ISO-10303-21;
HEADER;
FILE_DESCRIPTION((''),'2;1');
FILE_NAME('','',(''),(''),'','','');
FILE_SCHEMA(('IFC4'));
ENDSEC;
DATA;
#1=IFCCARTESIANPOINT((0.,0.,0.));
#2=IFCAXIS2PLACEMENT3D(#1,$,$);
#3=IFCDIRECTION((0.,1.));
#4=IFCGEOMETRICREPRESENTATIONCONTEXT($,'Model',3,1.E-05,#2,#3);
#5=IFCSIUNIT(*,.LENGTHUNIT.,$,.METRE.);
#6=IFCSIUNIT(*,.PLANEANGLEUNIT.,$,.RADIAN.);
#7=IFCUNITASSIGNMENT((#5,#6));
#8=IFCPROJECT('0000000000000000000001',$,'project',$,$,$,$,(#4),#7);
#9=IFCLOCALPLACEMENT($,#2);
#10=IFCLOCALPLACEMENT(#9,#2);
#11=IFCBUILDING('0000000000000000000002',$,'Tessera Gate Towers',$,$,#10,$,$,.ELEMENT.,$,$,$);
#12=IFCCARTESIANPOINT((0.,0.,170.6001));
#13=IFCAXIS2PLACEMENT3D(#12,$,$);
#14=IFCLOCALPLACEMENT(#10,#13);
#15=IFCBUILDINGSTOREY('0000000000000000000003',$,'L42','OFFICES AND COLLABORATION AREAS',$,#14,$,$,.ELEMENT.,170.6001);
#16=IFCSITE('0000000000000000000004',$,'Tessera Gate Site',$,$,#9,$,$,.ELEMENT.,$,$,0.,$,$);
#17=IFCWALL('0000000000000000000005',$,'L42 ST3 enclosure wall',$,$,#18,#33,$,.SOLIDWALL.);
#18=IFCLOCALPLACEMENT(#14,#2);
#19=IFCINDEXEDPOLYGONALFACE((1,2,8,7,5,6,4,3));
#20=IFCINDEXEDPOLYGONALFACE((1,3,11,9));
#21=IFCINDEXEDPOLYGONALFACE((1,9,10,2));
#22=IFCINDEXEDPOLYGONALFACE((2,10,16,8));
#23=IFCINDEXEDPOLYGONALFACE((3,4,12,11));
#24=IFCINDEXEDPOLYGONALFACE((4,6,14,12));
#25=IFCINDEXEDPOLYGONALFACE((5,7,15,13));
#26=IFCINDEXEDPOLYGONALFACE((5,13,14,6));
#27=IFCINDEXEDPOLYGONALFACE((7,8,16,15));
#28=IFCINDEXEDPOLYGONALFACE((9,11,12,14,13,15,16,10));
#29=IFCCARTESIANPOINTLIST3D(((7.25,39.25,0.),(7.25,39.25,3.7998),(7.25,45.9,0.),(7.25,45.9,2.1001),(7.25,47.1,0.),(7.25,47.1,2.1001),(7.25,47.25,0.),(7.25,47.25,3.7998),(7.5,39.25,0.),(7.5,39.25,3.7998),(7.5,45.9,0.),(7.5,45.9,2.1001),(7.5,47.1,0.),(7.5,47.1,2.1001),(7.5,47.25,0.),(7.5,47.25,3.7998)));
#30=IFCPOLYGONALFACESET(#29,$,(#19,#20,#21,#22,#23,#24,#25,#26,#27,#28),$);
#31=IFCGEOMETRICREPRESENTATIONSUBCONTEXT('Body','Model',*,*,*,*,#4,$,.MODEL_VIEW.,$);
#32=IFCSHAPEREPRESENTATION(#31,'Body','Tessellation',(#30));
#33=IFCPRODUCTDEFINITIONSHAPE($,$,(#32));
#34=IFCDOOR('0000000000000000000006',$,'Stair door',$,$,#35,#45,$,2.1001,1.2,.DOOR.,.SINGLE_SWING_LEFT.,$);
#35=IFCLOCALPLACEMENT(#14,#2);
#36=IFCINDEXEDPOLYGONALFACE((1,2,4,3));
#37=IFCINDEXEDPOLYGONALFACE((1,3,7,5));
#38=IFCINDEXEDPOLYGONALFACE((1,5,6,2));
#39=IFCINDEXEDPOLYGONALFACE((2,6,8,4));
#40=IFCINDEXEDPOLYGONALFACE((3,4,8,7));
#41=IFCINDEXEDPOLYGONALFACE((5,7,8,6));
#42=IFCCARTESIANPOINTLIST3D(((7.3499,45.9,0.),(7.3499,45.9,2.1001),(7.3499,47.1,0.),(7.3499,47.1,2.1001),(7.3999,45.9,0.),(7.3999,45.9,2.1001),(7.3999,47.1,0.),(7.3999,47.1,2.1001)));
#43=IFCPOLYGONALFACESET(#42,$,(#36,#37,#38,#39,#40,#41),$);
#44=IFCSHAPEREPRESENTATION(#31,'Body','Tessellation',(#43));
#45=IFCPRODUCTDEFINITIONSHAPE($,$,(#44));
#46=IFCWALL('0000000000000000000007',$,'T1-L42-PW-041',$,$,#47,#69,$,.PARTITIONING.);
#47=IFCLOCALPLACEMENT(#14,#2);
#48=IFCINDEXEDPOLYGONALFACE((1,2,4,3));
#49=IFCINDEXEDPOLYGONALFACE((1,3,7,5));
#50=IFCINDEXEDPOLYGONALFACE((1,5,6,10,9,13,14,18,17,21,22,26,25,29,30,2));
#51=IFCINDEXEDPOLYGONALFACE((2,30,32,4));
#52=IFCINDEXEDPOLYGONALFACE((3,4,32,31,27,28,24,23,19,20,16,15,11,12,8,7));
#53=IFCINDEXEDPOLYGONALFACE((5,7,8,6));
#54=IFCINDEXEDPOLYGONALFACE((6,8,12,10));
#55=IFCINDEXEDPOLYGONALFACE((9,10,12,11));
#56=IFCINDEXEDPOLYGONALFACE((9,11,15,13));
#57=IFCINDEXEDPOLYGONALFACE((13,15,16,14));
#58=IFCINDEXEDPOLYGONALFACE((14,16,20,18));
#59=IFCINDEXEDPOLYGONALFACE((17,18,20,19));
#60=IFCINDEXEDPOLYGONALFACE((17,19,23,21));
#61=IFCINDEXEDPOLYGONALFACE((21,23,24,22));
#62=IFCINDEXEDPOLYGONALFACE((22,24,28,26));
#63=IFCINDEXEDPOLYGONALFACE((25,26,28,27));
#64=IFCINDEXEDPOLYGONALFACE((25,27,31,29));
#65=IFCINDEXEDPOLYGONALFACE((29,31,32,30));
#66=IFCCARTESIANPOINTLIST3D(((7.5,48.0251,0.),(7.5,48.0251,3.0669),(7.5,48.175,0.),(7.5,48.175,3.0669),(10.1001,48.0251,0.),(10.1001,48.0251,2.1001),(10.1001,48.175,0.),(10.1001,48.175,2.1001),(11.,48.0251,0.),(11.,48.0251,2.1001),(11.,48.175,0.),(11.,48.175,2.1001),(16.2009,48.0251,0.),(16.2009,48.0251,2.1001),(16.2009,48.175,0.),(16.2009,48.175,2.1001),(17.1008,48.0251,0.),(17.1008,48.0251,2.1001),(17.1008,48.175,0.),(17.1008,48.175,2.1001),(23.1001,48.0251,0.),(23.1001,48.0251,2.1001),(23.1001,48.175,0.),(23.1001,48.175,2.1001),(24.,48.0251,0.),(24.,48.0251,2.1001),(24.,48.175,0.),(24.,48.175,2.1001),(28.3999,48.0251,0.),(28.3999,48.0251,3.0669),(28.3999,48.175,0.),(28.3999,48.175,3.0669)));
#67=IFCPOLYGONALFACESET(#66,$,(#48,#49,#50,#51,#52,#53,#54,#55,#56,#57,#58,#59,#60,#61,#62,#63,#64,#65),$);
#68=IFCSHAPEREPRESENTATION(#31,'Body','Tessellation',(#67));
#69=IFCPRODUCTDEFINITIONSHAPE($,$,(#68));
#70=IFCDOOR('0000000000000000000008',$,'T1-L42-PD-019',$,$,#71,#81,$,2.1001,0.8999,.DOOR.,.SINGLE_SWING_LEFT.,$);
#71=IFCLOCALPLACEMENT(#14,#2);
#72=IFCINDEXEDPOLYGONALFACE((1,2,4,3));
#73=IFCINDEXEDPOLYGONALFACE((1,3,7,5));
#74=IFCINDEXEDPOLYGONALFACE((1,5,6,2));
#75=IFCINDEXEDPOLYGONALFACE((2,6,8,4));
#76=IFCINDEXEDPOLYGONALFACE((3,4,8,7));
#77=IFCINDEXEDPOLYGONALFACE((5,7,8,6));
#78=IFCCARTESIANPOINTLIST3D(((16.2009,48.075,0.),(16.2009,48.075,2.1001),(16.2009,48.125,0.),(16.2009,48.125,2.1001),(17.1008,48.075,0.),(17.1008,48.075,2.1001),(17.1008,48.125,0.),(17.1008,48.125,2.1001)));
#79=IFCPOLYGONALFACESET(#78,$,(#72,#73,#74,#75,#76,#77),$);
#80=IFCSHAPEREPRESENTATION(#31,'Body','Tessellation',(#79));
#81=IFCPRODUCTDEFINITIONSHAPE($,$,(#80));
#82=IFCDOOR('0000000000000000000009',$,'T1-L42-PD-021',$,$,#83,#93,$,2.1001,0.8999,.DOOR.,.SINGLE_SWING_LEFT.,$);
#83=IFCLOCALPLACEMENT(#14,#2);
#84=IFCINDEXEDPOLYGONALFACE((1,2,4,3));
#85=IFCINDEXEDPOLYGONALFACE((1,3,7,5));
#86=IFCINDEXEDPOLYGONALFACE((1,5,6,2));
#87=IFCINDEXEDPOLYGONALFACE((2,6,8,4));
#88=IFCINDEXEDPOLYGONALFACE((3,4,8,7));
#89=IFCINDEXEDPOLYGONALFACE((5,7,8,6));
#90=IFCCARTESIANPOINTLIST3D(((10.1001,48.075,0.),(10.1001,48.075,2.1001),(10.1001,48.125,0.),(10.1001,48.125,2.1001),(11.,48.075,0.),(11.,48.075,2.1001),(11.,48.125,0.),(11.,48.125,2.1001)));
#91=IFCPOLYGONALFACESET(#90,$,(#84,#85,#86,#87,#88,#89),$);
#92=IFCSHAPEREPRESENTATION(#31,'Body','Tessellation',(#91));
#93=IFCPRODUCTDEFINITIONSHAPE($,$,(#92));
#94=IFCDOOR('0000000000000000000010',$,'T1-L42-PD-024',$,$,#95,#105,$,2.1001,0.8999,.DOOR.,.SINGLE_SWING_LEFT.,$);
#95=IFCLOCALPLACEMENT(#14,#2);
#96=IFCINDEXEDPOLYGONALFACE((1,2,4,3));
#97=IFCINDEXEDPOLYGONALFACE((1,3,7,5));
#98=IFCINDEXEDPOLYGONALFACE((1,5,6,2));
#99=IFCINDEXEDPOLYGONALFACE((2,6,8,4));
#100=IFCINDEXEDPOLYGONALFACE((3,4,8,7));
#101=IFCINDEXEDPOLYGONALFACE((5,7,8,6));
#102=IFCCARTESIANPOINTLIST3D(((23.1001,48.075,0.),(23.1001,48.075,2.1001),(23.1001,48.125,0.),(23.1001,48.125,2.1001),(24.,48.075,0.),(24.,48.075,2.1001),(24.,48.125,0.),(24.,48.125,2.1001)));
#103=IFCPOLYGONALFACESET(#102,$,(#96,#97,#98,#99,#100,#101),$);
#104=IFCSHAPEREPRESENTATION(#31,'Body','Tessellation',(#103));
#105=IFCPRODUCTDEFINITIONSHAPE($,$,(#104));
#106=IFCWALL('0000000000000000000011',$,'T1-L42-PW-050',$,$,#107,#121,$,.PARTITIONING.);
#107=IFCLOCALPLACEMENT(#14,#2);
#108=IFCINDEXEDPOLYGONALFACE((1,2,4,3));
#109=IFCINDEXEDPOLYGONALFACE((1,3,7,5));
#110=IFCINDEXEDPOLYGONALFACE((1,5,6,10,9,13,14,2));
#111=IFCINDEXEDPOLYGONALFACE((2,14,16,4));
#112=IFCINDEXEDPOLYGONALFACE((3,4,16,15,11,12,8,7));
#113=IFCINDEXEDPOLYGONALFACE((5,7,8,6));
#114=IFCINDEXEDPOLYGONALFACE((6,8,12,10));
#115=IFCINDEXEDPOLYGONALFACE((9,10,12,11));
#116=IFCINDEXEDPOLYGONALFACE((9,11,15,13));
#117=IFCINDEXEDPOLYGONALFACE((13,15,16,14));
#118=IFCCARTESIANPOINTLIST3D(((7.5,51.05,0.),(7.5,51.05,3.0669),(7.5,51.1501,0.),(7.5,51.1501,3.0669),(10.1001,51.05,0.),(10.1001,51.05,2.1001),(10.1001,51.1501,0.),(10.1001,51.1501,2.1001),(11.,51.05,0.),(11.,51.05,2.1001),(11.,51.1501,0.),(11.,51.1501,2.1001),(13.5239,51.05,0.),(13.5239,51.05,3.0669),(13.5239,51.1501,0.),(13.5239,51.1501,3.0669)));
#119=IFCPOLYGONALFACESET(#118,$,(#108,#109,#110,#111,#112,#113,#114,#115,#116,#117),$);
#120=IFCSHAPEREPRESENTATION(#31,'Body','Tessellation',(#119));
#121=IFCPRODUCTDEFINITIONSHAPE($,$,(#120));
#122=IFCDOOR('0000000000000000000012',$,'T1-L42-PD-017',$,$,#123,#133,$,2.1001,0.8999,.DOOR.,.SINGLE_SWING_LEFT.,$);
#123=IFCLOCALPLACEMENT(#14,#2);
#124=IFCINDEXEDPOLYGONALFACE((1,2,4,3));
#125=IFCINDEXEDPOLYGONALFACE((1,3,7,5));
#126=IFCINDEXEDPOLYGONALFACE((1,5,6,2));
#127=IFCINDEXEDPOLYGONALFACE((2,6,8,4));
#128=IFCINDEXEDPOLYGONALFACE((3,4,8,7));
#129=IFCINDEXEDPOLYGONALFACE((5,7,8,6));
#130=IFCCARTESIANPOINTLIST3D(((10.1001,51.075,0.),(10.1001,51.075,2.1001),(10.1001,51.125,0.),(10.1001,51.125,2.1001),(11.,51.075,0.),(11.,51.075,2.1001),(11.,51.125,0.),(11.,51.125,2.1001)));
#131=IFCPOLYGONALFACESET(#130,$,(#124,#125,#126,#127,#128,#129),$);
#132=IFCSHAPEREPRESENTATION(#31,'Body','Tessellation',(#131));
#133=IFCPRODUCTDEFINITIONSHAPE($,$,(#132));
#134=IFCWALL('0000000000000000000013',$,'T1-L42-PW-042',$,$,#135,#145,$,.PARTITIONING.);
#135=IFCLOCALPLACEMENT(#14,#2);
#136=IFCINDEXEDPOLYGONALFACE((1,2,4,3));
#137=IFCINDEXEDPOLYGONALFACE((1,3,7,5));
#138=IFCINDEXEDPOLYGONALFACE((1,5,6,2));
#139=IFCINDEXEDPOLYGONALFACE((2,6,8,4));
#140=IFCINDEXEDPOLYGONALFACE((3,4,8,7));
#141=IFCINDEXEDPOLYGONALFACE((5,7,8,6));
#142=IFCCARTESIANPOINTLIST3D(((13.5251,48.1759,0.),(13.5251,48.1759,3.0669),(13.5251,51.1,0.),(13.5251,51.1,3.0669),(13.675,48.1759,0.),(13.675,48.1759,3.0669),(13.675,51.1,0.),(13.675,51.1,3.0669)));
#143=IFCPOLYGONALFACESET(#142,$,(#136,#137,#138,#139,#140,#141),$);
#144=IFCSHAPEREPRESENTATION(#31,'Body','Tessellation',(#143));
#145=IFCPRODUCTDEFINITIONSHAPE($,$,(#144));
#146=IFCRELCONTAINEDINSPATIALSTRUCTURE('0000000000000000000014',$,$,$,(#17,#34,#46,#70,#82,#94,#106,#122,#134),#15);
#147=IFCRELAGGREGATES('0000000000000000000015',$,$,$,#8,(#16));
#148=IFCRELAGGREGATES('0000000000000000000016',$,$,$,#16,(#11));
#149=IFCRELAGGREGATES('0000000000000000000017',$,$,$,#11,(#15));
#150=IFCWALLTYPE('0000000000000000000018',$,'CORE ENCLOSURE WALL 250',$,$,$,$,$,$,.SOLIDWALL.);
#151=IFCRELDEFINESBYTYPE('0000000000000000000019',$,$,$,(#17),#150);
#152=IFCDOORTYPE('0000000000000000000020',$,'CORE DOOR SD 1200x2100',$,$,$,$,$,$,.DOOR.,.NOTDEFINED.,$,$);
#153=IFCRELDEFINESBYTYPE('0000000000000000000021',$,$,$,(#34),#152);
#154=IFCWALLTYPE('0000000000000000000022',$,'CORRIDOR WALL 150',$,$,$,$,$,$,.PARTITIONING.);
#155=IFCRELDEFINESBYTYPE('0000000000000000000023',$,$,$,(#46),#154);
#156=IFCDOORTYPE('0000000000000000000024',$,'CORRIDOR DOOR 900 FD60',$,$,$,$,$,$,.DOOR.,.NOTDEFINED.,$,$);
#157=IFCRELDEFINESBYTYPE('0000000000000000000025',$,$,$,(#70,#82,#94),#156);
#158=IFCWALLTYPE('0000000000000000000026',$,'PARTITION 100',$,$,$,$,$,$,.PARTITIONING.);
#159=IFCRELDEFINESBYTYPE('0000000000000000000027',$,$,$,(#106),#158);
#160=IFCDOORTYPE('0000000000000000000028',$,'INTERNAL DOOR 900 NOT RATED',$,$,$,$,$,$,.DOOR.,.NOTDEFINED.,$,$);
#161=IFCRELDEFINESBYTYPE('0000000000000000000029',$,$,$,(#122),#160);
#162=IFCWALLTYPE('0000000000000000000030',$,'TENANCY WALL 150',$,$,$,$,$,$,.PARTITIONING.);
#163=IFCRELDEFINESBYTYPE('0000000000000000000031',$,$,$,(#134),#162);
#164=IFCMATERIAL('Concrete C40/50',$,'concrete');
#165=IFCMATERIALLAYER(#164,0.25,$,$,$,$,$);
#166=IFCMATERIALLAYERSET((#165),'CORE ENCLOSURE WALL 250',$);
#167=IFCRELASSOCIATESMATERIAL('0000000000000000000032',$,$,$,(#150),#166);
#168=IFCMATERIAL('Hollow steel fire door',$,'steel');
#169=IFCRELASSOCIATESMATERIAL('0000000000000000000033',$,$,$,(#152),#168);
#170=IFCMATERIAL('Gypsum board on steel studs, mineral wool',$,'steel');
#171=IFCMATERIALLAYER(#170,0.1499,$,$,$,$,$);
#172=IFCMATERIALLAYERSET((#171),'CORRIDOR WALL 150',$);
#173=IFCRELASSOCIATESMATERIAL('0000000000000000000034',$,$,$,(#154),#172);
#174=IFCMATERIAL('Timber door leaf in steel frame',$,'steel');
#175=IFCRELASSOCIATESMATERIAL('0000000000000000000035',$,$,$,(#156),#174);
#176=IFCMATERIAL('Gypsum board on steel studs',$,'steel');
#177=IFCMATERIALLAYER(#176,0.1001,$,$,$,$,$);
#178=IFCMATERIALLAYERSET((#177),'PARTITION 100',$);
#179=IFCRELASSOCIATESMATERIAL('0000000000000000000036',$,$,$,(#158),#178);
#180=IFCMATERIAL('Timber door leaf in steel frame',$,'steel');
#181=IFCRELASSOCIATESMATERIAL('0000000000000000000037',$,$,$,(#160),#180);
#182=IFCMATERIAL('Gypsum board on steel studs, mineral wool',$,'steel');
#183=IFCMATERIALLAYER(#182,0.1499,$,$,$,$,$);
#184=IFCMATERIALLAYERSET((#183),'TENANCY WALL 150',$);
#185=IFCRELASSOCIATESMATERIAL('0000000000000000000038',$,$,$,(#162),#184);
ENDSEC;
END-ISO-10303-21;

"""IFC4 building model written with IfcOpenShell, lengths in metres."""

from ifc_helpers import new_model, si_unit, direction, frame, frame_2d, origin, place, context, subcontext, project, spatial, rectangle, extrude, source, transform, mapped, material, layer, layer_set, type_object, element, fill, save


model = new_model("IFC4")

# Units and contexts
model_context = context("Model", 3, precision=1e-05, world=origin(), true_north=direction((0.0, 1.0)))
body_context = subcontext(model_context, "Body", "Model", "MODEL_VIEW")
ifc_project = project(units=[si_unit("LENGTHUNIT", "METRE"), si_unit("PLANEANGLEUNIT", "RADIAN")], contexts=[model_context])

# Site, building, storey
site_placement = place(None, origin())
site = spatial("IfcSite", under=ifc_project, at=site_placement, Name="Tessera Gate Site", CompositionType="ELEMENT", RefElevation=0.0)
building_placement = place(site_placement, origin())
building = spatial("IfcBuilding", under=site, at=building_placement, Name="Tessera Gate Towers", CompositionType="ELEMENT")
storey_placement = place(building_placement, frame((0.0, 0.0, 170.6001)))
storey = spatial("IfcBuildingStorey", under=building, at=storey_placement, Name="L42", Description="OFFICES AND COLLABORATION AREAS", CompositionType="ELEMENT", Elevation=170.6001)

# Shared definitions
ifc_material_1 = material(Name="Concrete C40/50", Category="concrete")
ifc_layer_1 = layer(ifc_material_1, 0.25)
ifc_layer_set_1 = layer_set([ifc_layer_1], Name="CORE ENCLOSURE WALL 250")
wall_type_1 = type_object("IfcWallType", Name="CORE ENCLOSURE WALL 250", PredefinedType="SOLIDWALL", material=ifc_layer_set_1)

# Wall, opening, door
wall_1_placement = place(storey_placement, frame((7.375, 47.25, 0.0), z_axis=(0.0, 0.0, 1.0), x_axis=(0.0, -1.0, 0.0)))
wall_1 = element("IfcWall", 1, at=wall_1_placement, inside=storey, type_object=wall_type_1, Name="L42 ST3 enclosure wall", PredefinedType="SOLIDWALL", context=body_context, shape_type="SweptSolid", body=[
    extrude(rectangle(XDim=8.0, YDim=0.25, at=frame_2d((4.0, 0.0))), origin(), (0.0, 0.0, 1.0), 3.7998),
])
shared_shape_1 = source(origin(), body_context, "Body", "SweptSolid", [
    extrude(rectangle(XDim=1.2, YDim=2.1001, at=frame_2d((0.6001, 1.05))), frame((0.0, 0.135, 0.0), z_axis=(0.0, -1.0, 0.0), x_axis=(1.0, 0.0, 0.0)), (0.0, 0.0, 1.0), 0.27),
])
opening_1_placement = place(wall_1_placement, frame((0.1499, 0.0, 0.0)))
opening_1 = element("IfcOpeningElement", 2, at=opening_1_placement, cuts=wall_1, PredefinedType="OPENING", context=body_context, shape_type="MappedRepresentation", body=[
    mapped(shared_shape_1, transform((0.0, 0.0, 0.0), scale=1.0)),
])
ifc_material_2 = material(Name="Hollow steel fire door", Category="steel")
door_type_1 = type_object("IfcDoorType", Name="CORE DOOR SD 1200x2100", OperationType="NOTDEFINED", PredefinedType="DOOR", material=ifc_material_2)
shared_shape_2 = source(origin(), body_context, "Body", "SweptSolid", [
    extrude(rectangle(XDim=1.2, YDim=2.1001, at=frame_2d((0.6001, 1.05))), frame((0.0, 0.0249, 0.0), z_axis=(0.0, -1.0, 0.0), x_axis=(1.0, 0.0, 0.0)), (0.0, 0.0, 1.0), 0.05),
])
door_1_placement = place(opening_1_placement, origin())
door_1 = element("IfcDoor", 3, at=door_1_placement, inside=storey, type_object=door_type_1, Name="Stair door", OperationType="SINGLE_SWING_LEFT", OverallHeight=2.1001, OverallWidth=1.2, PredefinedType="DOOR", context=body_context, shape_type="MappedRepresentation", body=[
    mapped(shared_shape_2, transform((0.0, 0.0, 0.0), scale=1.0)),
])
fill(opening_1, door_1)

# Wall, openings, doors
ifc_material_3 = material(Name="Gypsum board on steel studs, mineral wool", Category="steel")
ifc_layer_2 = layer(ifc_material_3, 0.1499)
ifc_layer_set_2 = layer_set([ifc_layer_2], Name="CORRIDOR WALL 150")
wall_type_2 = type_object("IfcWallType", Name="CORRIDOR WALL 150", PredefinedType="PARTITIONING", material=ifc_layer_set_2)
wall_2_placement = place(storey_placement, frame((7.5, 48.1001, 0.0), z_axis=(0.0, 0.0, 1.0), x_axis=(1.0, 0.0, 0.0)))
wall_2 = element("IfcWall", 4, at=wall_2_placement, inside=storey, type_object=wall_type_2, Name="T1-L42-PW-041", PredefinedType="PARTITIONING", context=body_context, shape_type="SweptSolid", body=[
    extrude(rectangle(XDim=20.8999, YDim=0.1499, at=frame_2d((10.45, 0.0))), origin(), (0.0, 0.0, 1.0), 3.0669),
])
shared_shape_3 = source(origin(), body_context, "Body", "SweptSolid", [
    extrude(rectangle(XDim=0.8999, YDim=2.1001, at=frame_2d((0.45, 1.05))), frame((0.0, 0.085, 0.0), z_axis=(0.0, -1.0, 0.0), x_axis=(1.0, 0.0, 0.0)), (0.0, 0.0, 1.0), 0.1699),
])
opening_2_placement = place(wall_2_placement, frame((8.7009, 0.0, 0.0)))
opening_2 = element("IfcOpeningElement", 5, at=opening_2_placement, cuts=wall_2, PredefinedType="OPENING", context=body_context, shape_type="MappedRepresentation", body=[
    mapped(shared_shape_3, transform((0.0, 0.0, 0.0), scale=1.0)),
])
opening_3_placement = place(wall_2_placement, frame((2.6001, 0.0, 0.0)))
opening_3 = element("IfcOpeningElement", 6, at=opening_3_placement, cuts=wall_2, PredefinedType="OPENING", context=body_context, shape_type="MappedRepresentation", body=[
    mapped(shared_shape_3, transform((0.0, 0.0, 0.0), scale=1.0)),
])
opening_4_placement = place(wall_2_placement, frame((15.6001, 0.0, 0.0)))
opening_4 = element("IfcOpeningElement", 7, at=opening_4_placement, cuts=wall_2, PredefinedType="OPENING", context=body_context, shape_type="MappedRepresentation", body=[
    mapped(shared_shape_3, transform((0.0, 0.0, 0.0), scale=1.0)),
])
ifc_material_4 = material(Name="Timber door leaf in steel frame", Category="steel")
door_type_2 = type_object("IfcDoorType", Name="CORRIDOR DOOR 900 FD60", OperationType="NOTDEFINED", PredefinedType="DOOR", material=ifc_material_4)
shared_shape_4 = source(origin(), body_context, "Body", "SweptSolid", [
    extrude(rectangle(XDim=0.8999, YDim=2.1001, at=frame_2d((0.45, 1.05))), frame((0.0, 0.0249, 0.0), z_axis=(0.0, -1.0, 0.0), x_axis=(1.0, 0.0, 0.0)), (0.0, 0.0, 1.0), 0.05),
])
door_2_placement = place(opening_2_placement, origin())
door_2 = element("IfcDoor", 8, at=door_2_placement, inside=storey, type_object=door_type_2, Name="T1-L42-PD-019", OperationType="SINGLE_SWING_LEFT", OverallHeight=2.1001, OverallWidth=0.8999, PredefinedType="DOOR", context=body_context, shape_type="MappedRepresentation", body=[
    mapped(shared_shape_4, transform((0.0, 0.0, 0.0), scale=1.0)),
])
fill(opening_2, door_2)
door_3_placement = place(opening_3_placement, origin())
door_3 = element("IfcDoor", 9, at=door_3_placement, inside=storey, type_object=door_type_2, Name="T1-L42-PD-021", OperationType="SINGLE_SWING_LEFT", OverallHeight=2.1001, OverallWidth=0.8999, PredefinedType="DOOR", context=body_context, shape_type="MappedRepresentation", body=[
    mapped(shared_shape_4, transform((0.0, 0.0, 0.0), scale=1.0)),
])
fill(opening_3, door_3)
door_4_placement = place(opening_4_placement, origin())
door_4 = element("IfcDoor", 10, at=door_4_placement, inside=storey, type_object=door_type_2, Name="T1-L42-PD-024", OperationType="SINGLE_SWING_LEFT", OverallHeight=2.1001, OverallWidth=0.8999, PredefinedType="DOOR", context=body_context, shape_type="MappedRepresentation", body=[
    mapped(shared_shape_4, transform((0.0, 0.0, 0.0), scale=1.0)),
])
fill(opening_4, door_4)

# Wall, opening, door
ifc_material_5 = material(Name="Gypsum board on steel studs", Category="steel")
ifc_layer_3 = layer(ifc_material_5, 0.1001)
ifc_layer_set_3 = layer_set([ifc_layer_3], Name="PARTITION 100")
wall_type_3 = type_object("IfcWallType", Name="PARTITION 100", PredefinedType="PARTITIONING", material=ifc_layer_set_3)
wall_3_placement = place(storey_placement, frame((7.5, 51.1001, 0.0), z_axis=(0.0, 0.0, 1.0), x_axis=(1.0, 0.0, 0.0)))
wall_3 = element("IfcWall", 11, at=wall_3_placement, inside=storey, type_object=wall_type_3, Name="T1-L42-PW-050", PredefinedType="PARTITIONING", context=body_context, shape_type="SweptSolid", body=[
    extrude(rectangle(XDim=6.0239, YDim=0.1001, at=frame_2d((3.012, 0.0))), origin(), (0.0, 0.0, 1.0), 3.0669),
])
shared_shape_5 = source(origin(), body_context, "Body", "SweptSolid", [
    extrude(rectangle(XDim=0.8999, YDim=2.1001, at=frame_2d((0.45, 1.05))), frame((0.0, 0.0601, 0.0), z_axis=(0.0, -1.0, 0.0), x_axis=(1.0, 0.0, 0.0)), (0.0, 0.0, 1.0), 0.1201),
])
opening_5_placement = place(wall_3_placement, frame((2.6001, 0.0, 0.0)))
opening_5 = element("IfcOpeningElement", 12, at=opening_5_placement, cuts=wall_3, PredefinedType="OPENING", context=body_context, shape_type="MappedRepresentation", body=[
    mapped(shared_shape_5, transform((0.0, 0.0, 0.0), scale=1.0)),
])
ifc_material_6 = material(Name="Timber door leaf in steel frame", Category="steel")
door_type_3 = type_object("IfcDoorType", Name="INTERNAL DOOR 900 NOT RATED", OperationType="NOTDEFINED", PredefinedType="DOOR", material=ifc_material_6)
door_5_placement = place(opening_5_placement, origin())
door_5 = element("IfcDoor", 13, at=door_5_placement, inside=storey, type_object=door_type_3, Name="T1-L42-PD-017", OperationType="SINGLE_SWING_LEFT", OverallHeight=2.1001, OverallWidth=0.8999, PredefinedType="DOOR", context=body_context, shape_type="MappedRepresentation", body=[
    mapped(shared_shape_4, transform((0.0, 0.0, 0.0), scale=1.0)),
])
fill(opening_5, door_5)

# Wall
ifc_material_7 = material(Name="Gypsum board on steel studs, mineral wool", Category="steel")
ifc_layer_4 = layer(ifc_material_7, 0.1499)
ifc_layer_set_4 = layer_set([ifc_layer_4], Name="TENANCY WALL 150")
wall_type_4 = type_object("IfcWallType", Name="TENANCY WALL 150", PredefinedType="PARTITIONING", material=ifc_layer_set_4)
wall_4_placement = place(storey_placement, frame((13.6001, 48.176, 0.0), z_axis=(0.0, 0.0, 1.0), x_axis=(0.0, 1.0, 0.0)))
element("IfcWall", 14, at=wall_4_placement, inside=storey, type_object=wall_type_4, Name="T1-L42-PW-042", PredefinedType="PARTITIONING", context=body_context, shape_type="SweptSolid", body=[
    extrude(rectangle(XDim=2.9241, YDim=0.1499, at=frame_2d((1.4619, 0.0))), origin(), (0.0, 0.0, 1.0), 3.0669),
])

save(model, "model.ifc")
